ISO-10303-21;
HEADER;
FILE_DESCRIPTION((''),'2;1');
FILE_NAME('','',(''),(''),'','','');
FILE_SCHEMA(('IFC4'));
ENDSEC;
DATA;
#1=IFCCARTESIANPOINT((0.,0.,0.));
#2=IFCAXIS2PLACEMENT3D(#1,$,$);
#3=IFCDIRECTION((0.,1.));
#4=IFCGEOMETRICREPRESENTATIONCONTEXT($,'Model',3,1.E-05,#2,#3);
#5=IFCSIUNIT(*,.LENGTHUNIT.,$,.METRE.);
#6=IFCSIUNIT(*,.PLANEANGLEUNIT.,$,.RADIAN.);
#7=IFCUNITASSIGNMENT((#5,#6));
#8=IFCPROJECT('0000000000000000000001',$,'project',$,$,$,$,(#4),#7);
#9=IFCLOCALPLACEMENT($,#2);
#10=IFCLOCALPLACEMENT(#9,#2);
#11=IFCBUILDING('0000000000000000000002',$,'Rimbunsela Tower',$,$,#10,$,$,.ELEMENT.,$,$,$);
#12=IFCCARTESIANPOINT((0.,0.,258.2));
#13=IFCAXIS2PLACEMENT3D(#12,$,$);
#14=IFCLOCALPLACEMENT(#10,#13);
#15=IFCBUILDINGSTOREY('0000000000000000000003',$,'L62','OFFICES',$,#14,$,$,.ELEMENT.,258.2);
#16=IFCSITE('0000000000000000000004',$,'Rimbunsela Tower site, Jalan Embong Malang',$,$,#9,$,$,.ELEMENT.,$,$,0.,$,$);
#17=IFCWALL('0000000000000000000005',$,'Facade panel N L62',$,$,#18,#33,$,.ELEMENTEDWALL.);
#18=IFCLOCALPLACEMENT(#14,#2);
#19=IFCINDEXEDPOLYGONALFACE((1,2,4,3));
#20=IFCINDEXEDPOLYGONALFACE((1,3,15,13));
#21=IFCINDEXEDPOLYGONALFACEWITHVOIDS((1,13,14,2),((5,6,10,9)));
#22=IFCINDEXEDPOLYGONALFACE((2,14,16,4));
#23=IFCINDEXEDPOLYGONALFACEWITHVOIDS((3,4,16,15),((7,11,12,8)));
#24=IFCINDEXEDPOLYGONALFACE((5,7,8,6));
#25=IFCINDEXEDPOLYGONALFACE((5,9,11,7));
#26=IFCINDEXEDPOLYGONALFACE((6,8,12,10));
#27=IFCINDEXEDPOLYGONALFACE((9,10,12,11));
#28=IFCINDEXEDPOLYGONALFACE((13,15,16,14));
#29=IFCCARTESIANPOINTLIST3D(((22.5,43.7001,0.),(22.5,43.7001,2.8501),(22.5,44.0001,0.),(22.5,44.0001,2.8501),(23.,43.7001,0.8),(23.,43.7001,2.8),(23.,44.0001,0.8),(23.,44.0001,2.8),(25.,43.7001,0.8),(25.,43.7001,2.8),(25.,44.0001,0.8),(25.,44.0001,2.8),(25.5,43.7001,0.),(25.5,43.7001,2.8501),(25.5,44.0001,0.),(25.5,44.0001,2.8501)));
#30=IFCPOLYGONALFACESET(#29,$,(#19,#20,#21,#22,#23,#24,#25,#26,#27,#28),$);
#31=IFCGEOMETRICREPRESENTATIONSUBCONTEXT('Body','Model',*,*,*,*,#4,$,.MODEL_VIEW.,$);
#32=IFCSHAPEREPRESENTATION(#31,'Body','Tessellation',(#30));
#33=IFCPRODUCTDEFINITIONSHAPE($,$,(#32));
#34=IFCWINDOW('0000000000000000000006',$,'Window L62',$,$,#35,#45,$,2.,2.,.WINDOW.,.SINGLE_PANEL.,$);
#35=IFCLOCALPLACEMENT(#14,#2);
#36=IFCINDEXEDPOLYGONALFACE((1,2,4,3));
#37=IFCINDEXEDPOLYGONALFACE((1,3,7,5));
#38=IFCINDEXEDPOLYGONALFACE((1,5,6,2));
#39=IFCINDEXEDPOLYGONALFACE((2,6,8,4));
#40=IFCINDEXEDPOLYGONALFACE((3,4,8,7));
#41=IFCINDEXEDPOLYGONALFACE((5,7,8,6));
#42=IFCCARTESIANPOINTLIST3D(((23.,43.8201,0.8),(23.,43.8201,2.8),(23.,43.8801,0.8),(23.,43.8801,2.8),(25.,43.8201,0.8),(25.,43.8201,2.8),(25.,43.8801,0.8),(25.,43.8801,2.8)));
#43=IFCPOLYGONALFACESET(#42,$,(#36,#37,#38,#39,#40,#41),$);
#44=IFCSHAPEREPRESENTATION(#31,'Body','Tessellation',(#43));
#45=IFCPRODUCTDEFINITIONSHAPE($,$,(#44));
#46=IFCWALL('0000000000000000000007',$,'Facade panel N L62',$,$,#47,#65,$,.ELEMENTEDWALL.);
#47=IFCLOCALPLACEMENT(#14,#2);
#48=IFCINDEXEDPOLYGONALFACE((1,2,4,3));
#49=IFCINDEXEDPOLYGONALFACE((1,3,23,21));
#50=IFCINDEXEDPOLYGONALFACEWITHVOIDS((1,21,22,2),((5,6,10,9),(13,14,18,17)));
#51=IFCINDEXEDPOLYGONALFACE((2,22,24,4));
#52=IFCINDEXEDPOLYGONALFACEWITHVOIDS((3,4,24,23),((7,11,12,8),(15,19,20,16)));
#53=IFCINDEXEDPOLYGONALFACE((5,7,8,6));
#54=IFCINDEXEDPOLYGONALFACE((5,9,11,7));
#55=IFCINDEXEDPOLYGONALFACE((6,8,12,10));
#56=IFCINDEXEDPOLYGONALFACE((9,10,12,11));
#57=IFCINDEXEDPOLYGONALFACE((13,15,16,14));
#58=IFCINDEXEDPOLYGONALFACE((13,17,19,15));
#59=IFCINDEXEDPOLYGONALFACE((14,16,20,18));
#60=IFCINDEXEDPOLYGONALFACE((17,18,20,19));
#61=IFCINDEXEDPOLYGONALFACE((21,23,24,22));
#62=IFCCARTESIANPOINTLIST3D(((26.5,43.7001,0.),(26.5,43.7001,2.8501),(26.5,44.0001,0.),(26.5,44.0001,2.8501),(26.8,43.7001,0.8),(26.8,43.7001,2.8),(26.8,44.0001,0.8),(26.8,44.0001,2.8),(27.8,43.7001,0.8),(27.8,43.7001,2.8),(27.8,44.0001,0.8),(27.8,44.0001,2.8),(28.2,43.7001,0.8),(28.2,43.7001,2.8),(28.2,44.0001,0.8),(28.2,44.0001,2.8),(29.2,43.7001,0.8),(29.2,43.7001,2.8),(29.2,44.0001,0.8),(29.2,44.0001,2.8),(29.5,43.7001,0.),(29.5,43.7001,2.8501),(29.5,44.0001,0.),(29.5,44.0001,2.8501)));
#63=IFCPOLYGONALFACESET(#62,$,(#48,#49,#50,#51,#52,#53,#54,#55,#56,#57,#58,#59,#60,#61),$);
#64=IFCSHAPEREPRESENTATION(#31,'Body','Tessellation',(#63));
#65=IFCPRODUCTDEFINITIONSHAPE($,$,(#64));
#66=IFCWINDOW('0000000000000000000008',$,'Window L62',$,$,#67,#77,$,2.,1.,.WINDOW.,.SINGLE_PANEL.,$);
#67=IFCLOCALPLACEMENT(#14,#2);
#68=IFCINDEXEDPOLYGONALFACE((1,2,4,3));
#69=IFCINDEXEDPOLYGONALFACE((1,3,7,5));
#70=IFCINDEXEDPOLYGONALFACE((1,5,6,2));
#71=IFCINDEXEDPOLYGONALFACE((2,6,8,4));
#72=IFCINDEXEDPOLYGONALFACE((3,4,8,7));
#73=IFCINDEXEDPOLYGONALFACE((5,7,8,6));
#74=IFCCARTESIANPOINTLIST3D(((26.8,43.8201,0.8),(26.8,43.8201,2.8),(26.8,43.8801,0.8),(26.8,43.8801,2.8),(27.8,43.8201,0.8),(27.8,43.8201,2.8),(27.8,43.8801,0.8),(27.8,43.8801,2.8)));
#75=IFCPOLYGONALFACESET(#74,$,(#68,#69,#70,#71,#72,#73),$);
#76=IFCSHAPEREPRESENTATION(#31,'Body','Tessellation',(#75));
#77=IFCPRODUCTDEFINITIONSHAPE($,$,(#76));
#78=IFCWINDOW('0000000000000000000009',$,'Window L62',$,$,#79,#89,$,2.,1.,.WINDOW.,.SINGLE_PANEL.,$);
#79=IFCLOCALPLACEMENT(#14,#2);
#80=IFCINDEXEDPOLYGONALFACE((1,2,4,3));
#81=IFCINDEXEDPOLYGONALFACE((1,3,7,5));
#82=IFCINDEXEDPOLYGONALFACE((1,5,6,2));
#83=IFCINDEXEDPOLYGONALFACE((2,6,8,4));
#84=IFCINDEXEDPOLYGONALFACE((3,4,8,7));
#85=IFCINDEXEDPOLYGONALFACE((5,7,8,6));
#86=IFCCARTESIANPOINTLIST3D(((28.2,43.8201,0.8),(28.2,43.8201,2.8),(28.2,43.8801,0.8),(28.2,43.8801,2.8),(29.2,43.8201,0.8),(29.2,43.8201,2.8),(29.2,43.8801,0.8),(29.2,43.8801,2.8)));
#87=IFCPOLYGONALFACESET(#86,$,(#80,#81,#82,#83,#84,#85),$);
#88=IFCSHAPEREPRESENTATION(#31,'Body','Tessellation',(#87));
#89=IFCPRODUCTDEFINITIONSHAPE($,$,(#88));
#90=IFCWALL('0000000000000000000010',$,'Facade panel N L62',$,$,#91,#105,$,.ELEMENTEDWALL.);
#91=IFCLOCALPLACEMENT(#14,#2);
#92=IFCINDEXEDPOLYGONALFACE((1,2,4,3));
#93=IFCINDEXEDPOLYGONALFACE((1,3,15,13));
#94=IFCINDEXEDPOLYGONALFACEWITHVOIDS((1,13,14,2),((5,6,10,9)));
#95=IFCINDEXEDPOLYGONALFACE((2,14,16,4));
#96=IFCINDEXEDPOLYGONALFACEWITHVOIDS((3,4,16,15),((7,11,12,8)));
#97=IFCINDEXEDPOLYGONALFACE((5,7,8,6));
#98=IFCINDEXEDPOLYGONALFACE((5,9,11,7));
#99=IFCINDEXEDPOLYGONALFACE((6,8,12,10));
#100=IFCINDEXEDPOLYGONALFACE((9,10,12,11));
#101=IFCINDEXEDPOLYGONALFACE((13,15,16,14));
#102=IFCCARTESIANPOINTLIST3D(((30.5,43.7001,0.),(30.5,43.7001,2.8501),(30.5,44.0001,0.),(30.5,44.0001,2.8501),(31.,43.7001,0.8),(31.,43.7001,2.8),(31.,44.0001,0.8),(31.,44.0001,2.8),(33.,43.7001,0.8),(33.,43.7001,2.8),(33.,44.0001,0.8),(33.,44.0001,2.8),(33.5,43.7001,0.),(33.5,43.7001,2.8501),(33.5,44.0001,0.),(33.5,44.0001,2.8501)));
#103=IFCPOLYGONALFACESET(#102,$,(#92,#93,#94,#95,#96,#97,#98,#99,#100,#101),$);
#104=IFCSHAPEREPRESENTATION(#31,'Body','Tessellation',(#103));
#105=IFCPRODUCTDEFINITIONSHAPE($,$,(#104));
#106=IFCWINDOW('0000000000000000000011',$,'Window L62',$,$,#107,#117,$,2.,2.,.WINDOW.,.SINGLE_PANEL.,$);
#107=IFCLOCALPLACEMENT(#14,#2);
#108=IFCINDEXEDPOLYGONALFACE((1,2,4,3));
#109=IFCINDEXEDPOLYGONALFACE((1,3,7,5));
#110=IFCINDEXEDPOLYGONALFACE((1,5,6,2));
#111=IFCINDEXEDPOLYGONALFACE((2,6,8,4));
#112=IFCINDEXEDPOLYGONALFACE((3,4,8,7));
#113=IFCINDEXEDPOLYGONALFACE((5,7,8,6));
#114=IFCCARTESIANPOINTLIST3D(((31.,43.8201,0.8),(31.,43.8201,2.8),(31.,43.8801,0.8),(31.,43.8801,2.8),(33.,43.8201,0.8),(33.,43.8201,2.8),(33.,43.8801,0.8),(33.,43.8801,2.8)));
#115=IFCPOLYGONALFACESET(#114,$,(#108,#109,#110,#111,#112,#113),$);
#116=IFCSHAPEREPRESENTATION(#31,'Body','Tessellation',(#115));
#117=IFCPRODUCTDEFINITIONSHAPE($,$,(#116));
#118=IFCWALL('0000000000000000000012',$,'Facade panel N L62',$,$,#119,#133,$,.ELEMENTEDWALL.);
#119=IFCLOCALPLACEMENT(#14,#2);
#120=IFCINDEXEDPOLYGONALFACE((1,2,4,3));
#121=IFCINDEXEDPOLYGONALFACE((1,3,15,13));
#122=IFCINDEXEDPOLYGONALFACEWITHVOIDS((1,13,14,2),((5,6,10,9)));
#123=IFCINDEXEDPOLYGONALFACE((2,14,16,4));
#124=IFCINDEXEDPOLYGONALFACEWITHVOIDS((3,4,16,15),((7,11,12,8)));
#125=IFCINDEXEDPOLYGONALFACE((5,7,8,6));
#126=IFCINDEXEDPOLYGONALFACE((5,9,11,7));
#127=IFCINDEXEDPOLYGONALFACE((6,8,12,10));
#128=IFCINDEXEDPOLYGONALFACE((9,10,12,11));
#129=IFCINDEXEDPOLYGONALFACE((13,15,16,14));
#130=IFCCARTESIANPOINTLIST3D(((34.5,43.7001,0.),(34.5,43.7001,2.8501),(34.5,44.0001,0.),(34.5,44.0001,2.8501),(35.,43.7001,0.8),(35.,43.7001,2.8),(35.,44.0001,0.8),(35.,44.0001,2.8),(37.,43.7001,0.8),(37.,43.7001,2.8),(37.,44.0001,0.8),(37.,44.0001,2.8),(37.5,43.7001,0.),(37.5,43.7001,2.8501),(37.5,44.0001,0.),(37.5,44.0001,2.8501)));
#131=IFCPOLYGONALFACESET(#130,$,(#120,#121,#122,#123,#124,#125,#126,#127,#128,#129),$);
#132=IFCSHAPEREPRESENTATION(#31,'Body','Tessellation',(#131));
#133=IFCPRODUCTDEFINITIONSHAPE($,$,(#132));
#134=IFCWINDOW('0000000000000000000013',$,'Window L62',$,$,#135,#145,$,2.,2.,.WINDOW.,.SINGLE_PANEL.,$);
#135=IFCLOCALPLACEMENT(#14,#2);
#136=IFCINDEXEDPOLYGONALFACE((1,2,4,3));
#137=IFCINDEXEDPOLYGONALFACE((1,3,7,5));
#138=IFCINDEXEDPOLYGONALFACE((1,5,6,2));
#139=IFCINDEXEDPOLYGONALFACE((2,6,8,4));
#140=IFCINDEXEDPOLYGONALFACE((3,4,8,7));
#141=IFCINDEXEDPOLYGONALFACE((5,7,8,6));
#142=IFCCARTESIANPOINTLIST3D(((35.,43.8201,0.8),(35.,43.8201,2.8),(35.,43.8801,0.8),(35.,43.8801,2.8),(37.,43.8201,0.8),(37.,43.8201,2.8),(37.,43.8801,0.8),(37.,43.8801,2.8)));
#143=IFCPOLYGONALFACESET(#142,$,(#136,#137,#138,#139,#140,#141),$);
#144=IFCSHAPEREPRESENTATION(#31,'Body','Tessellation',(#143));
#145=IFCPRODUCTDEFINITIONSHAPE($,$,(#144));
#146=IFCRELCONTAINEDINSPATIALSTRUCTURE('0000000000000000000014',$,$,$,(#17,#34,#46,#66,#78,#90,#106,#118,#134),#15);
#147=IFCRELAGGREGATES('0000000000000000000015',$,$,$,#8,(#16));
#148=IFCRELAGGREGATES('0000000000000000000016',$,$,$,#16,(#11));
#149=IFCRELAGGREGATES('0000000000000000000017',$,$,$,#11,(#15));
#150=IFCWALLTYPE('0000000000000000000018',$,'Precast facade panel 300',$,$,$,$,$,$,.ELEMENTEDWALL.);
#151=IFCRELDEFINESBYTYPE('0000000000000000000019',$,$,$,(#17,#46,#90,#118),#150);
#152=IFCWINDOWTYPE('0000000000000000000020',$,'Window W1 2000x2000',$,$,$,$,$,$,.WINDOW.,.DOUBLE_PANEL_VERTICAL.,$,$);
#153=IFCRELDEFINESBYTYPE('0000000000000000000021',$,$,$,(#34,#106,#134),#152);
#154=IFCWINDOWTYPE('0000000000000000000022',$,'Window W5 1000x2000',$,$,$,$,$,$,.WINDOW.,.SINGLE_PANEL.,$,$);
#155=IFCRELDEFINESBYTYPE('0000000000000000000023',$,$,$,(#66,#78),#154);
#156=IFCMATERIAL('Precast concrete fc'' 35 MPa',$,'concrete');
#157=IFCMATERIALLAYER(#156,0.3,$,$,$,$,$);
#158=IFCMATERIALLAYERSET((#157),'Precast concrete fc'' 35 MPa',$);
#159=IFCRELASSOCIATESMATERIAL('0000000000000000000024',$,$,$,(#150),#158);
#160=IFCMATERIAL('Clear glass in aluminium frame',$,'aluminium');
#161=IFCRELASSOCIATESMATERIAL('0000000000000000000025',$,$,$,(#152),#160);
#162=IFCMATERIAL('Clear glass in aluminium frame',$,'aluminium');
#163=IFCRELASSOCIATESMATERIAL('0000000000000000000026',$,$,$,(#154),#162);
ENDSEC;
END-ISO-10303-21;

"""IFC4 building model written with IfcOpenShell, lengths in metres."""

from ifc_helpers import new_model, si_unit, direction, frame, frame_2d, origin, place, context, subcontext, project, spatial, rectangle, extrude, material, layer, layer_set, type_object, element, fill, save


model = new_model("IFC4")

# Units and contexts
model_context = context("Model", 3, precision=1e-05, world=origin(), true_north=direction((0.0, 1.0)))
body_context = subcontext(model_context, "Body", "Model", "MODEL_VIEW")
ifc_project = project(units=[si_unit("LENGTHUNIT", "METRE"), si_unit("PLANEANGLEUNIT", "RADIAN")], contexts=[model_context])

# Site, building, storey
site_placement = place(None, origin())
site = spatial("IfcSite", under=ifc_project, at=site_placement, Name="Rimbunsela Tower site, Jalan Embong Malang", CompositionType="ELEMENT", RefElevation=0.0)
building_placement = place(site_placement, origin())
building = spatial("IfcBuilding", under=site, at=building_placement, Name="Rimbunsela Tower", CompositionType="ELEMENT")
storey_placement = place(building_placement, frame((0.0, 0.0, 258.2)))
storey = spatial("IfcBuildingStorey", under=building, at=storey_placement, Name="L62", Description="OFFICES", CompositionType="ELEMENT", Elevation=258.2)

# Wall, opening, window
ifc_material_1 = material(Name="Precast concrete fc' 35 MPa", Category="concrete")
ifc_layer_1 = layer(ifc_material_1, 0.3)
ifc_layer_set_1 = layer_set([ifc_layer_1], Name="Precast concrete fc' 35 MPa")
wall_type_1 = type_object("IfcWallType", Name="Precast facade panel 300", PredefinedType="ELEMENTEDWALL", material=ifc_layer_set_1)
wall_1_placement = place(storey_placement, frame((25.5, 43.8501, 0.0), z_axis=(0.0, 0.0, 1.0), x_axis=(-1.0, 0.0, 0.0)))
wall_1 = element("IfcWall", 1, at=wall_1_placement, inside=storey, type_object=wall_type_1, Name="Facade panel N L62", PredefinedType="ELEMENTEDWALL", context=body_context, shape_type="SweptSolid", body=[
    extrude(rectangle(XDim=3.0, YDim=0.3, at=frame_2d((1.5, 0.0))), origin(), (0.0, 0.0, 1.0), 2.8501),
])
opening_1_placement = place(wall_1_placement, frame((0.5, 0.0, 0.8)))
opening_1 = element("IfcOpeningElement", 2, at=opening_1_placement, cuts=wall_1, PredefinedType="OPENING", context=body_context, shape_type="SweptSolid", body=[
    extrude(rectangle(XDim=2.0, YDim=2.0, at=frame_2d((1.0, 1.0))), frame((0.0, 0.1599, 0.0), z_axis=(0.0, -1.0, 0.0), x_axis=(1.0, 0.0, 0.0)), (0.0, 0.0, 1.0), 0.3201),
])
ifc_material_2 = material(Name="Clear glass in aluminium frame", Category="aluminium")
window_type_1 = type_object("IfcWindowType", Name="Window W1 2000x2000", PartitioningType="DOUBLE_PANEL_VERTICAL", PredefinedType="WINDOW", material=ifc_material_2)
window_1_placement = place(opening_1_placement, origin())
window_1 = element("IfcWindow", 3, at=window_1_placement, inside=storey, type_object=window_type_1, Name="Window L62", OverallHeight=2.0, OverallWidth=2.0, PartitioningType="SINGLE_PANEL", PredefinedType="WINDOW", context=body_context, shape_type="SweptSolid", body=[
    extrude(rectangle(XDim=2.0, YDim=2.0, at=frame_2d((1.0, 1.0))), frame((0.0, 0.03, 0.0), z_axis=(0.0, -1.0, 0.0), x_axis=(1.0, 0.0, 0.0)), (0.0, 0.0, 1.0), 0.0601),
])
fill(opening_1, window_1)

# Wall, openings, windows
wall_2_placement = place(storey_placement, frame((29.5, 43.8501, 0.0), z_axis=(0.0, 0.0, 1.0), x_axis=(-1.0, 0.0, 0.0)))
wall_2 = element("IfcWall", 4, at=wall_2_placement, inside=storey, type_object=wall_type_1, Name="Facade panel N L62", PredefinedType="ELEMENTEDWALL", context=body_context, shape_type="SweptSolid", body=[
    extrude(rectangle(XDim=3.0, YDim=0.3, at=frame_2d((1.5, 0.0))), origin(), (0.0, 0.0, 1.0), 2.8501),
])
opening_2_placement = place(wall_2_placement, frame((1.7, 0.0, 0.8)))
opening_2 = element("IfcOpeningElement", 5, at=opening_2_placement, cuts=wall_2, PredefinedType="OPENING", context=body_context, shape_type="SweptSolid", body=[
    extrude(rectangle(XDim=1.0, YDim=2.0, at=frame_2d((0.5, 1.0))), frame((0.0, 0.1599, 0.0), z_axis=(0.0, -1.0, 0.0), x_axis=(1.0, 0.0, 0.0)), (0.0, 0.0, 1.0), 0.3201),
])
opening_3_placement = place(wall_2_placement, frame((0.3, 0.0, 0.8)))
opening_3 = element("IfcOpeningElement", 6, at=opening_3_placement, cuts=wall_2, PredefinedType="OPENING", context=body_context, shape_type="SweptSolid", body=[
    extrude(rectangle(XDim=1.0, YDim=2.0, at=frame_2d((0.5, 1.0))), frame((0.0, 0.1599, 0.0), z_axis=(0.0, -1.0, 0.0), x_axis=(1.0, 0.0, 0.0)), (0.0, 0.0, 1.0), 0.3201),
])
ifc_material_3 = material(Name="Clear glass in aluminium frame", Category="aluminium")
window_type_2 = type_object("IfcWindowType", Name="Window W5 1000x2000", PartitioningType="SINGLE_PANEL", PredefinedType="WINDOW", material=ifc_material_3)
window_2_placement = place(opening_2_placement, origin())
window_2 = element("IfcWindow", 7, at=window_2_placement, inside=storey, type_object=window_type_2, Name="Window L62", OverallHeight=2.0, OverallWidth=1.0, PartitioningType="SINGLE_PANEL", PredefinedType="WINDOW", context=body_context, shape_type="SweptSolid", body=[
    extrude(rectangle(XDim=1.0, YDim=2.0, at=frame_2d((0.5, 1.0))), frame((0.0, 0.03, 0.0), z_axis=(0.0, -1.0, 0.0), x_axis=(1.0, 0.0, 0.0)), (0.0, 0.0, 1.0), 0.0601),
])
fill(opening_2, window_2)
window_3_placement = place(opening_3_placement, origin())
window_3 = element("IfcWindow", 8, at=window_3_placement, inside=storey, type_object=window_type_2, Name="Window L62", OverallHeight=2.0, OverallWidth=1.0, PartitioningType="SINGLE_PANEL", PredefinedType="WINDOW", context=body_context, shape_type="SweptSolid", body=[
    extrude(rectangle(XDim=1.0, YDim=2.0, at=frame_2d((0.5, 1.0))), frame((0.0, 0.03, 0.0), z_axis=(0.0, -1.0, 0.0), x_axis=(1.0, 0.0, 0.0)), (0.0, 0.0, 1.0), 0.0601),
])
fill(opening_3, window_3)

# Walls, openings, windows
wall_3_placement = place(storey_placement, frame((33.5, 43.8501, 0.0), z_axis=(0.0, 0.0, 1.0), x_axis=(-1.0, 0.0, 0.0)))
wall_3 = element("IfcWall", 9, at=wall_3_placement, inside=storey, type_object=wall_type_1, Name="Facade panel N L62", PredefinedType="ELEMENTEDWALL", context=body_context, shape_type="SweptSolid", body=[
    extrude(rectangle(XDim=3.0, YDim=0.3, at=frame_2d((1.5, 0.0))), origin(), (0.0, 0.0, 1.0), 2.8501),
])
opening_4_placement = place(wall_3_placement, frame((0.5, 0.0, 0.8)))
opening_4 = element("IfcOpeningElement", 10, at=opening_4_placement, cuts=wall_3, PredefinedType="OPENING", context=body_context, shape_type="SweptSolid", body=[
    extrude(rectangle(XDim=2.0, YDim=2.0, at=frame_2d((1.0, 1.0))), frame((0.0, 0.1599, 0.0), z_axis=(0.0, -1.0, 0.0), x_axis=(1.0, 0.0, 0.0)), (0.0, 0.0, 1.0), 0.3201),
])
window_4_placement = place(opening_4_placement, origin())
window_4 = element("IfcWindow", 11, at=window_4_placement, inside=storey, type_object=window_type_1, Name="Window L62", OverallHeight=2.0, OverallWidth=2.0, PartitioningType="SINGLE_PANEL", PredefinedType="WINDOW", context=body_context, shape_type="SweptSolid", body=[
    extrude(rectangle(XDim=2.0, YDim=2.0, at=frame_2d((1.0, 1.0))), frame((0.0, 0.03, 0.0), z_axis=(0.0, -1.0, 0.0), x_axis=(1.0, 0.0, 0.0)), (0.0, 0.0, 1.0), 0.0601),
])
fill(opening_4, window_4)
wall_4_placement = place(storey_placement, frame((37.5, 43.8501, 0.0), z_axis=(0.0, 0.0, 1.0), x_axis=(-1.0, 0.0, 0.0)))
wall_4 = element("IfcWall", 12, at=wall_4_placement, inside=storey, type_object=wall_type_1, Name="Facade panel N L62", PredefinedType="ELEMENTEDWALL", context=body_context, shape_type="SweptSolid", body=[
    extrude(rectangle(XDim=3.0, YDim=0.3, at=frame_2d((1.5, 0.0))), origin(), (0.0, 0.0, 1.0), 2.8501),
])
opening_5_placement = place(wall_4_placement, frame((0.5, 0.0, 0.8)))
opening_5 = element("IfcOpeningElement", 13, at=opening_5_placement, cuts=wall_4, PredefinedType="OPENING", context=body_context, shape_type="SweptSolid", body=[
    extrude(rectangle(XDim=2.0, YDim=2.0, at=frame_2d((1.0, 1.0))), frame((0.0, 0.1599, 0.0), z_axis=(0.0, -1.0, 0.0), x_axis=(1.0, 0.0, 0.0)), (0.0, 0.0, 1.0), 0.3201),
])
window_5_placement = place(opening_5_placement, origin())
window_5 = element("IfcWindow", 14, at=window_5_placement, inside=storey, type_object=window_type_1, Name="Window L62", OverallHeight=2.0, OverallWidth=2.0, PartitioningType="SINGLE_PANEL", PredefinedType="WINDOW", context=body_context, shape_type="SweptSolid", body=[
    extrude(rectangle(XDim=2.0, YDim=2.0, at=frame_2d((1.0, 1.0))), frame((0.0, 0.03, 0.0), z_axis=(0.0, -1.0, 0.0), x_axis=(1.0, 0.0, 0.0)), (0.0, 0.0, 1.0), 0.0601),
])
fill(opening_5, window_5)

save(model, "model.ifc")
